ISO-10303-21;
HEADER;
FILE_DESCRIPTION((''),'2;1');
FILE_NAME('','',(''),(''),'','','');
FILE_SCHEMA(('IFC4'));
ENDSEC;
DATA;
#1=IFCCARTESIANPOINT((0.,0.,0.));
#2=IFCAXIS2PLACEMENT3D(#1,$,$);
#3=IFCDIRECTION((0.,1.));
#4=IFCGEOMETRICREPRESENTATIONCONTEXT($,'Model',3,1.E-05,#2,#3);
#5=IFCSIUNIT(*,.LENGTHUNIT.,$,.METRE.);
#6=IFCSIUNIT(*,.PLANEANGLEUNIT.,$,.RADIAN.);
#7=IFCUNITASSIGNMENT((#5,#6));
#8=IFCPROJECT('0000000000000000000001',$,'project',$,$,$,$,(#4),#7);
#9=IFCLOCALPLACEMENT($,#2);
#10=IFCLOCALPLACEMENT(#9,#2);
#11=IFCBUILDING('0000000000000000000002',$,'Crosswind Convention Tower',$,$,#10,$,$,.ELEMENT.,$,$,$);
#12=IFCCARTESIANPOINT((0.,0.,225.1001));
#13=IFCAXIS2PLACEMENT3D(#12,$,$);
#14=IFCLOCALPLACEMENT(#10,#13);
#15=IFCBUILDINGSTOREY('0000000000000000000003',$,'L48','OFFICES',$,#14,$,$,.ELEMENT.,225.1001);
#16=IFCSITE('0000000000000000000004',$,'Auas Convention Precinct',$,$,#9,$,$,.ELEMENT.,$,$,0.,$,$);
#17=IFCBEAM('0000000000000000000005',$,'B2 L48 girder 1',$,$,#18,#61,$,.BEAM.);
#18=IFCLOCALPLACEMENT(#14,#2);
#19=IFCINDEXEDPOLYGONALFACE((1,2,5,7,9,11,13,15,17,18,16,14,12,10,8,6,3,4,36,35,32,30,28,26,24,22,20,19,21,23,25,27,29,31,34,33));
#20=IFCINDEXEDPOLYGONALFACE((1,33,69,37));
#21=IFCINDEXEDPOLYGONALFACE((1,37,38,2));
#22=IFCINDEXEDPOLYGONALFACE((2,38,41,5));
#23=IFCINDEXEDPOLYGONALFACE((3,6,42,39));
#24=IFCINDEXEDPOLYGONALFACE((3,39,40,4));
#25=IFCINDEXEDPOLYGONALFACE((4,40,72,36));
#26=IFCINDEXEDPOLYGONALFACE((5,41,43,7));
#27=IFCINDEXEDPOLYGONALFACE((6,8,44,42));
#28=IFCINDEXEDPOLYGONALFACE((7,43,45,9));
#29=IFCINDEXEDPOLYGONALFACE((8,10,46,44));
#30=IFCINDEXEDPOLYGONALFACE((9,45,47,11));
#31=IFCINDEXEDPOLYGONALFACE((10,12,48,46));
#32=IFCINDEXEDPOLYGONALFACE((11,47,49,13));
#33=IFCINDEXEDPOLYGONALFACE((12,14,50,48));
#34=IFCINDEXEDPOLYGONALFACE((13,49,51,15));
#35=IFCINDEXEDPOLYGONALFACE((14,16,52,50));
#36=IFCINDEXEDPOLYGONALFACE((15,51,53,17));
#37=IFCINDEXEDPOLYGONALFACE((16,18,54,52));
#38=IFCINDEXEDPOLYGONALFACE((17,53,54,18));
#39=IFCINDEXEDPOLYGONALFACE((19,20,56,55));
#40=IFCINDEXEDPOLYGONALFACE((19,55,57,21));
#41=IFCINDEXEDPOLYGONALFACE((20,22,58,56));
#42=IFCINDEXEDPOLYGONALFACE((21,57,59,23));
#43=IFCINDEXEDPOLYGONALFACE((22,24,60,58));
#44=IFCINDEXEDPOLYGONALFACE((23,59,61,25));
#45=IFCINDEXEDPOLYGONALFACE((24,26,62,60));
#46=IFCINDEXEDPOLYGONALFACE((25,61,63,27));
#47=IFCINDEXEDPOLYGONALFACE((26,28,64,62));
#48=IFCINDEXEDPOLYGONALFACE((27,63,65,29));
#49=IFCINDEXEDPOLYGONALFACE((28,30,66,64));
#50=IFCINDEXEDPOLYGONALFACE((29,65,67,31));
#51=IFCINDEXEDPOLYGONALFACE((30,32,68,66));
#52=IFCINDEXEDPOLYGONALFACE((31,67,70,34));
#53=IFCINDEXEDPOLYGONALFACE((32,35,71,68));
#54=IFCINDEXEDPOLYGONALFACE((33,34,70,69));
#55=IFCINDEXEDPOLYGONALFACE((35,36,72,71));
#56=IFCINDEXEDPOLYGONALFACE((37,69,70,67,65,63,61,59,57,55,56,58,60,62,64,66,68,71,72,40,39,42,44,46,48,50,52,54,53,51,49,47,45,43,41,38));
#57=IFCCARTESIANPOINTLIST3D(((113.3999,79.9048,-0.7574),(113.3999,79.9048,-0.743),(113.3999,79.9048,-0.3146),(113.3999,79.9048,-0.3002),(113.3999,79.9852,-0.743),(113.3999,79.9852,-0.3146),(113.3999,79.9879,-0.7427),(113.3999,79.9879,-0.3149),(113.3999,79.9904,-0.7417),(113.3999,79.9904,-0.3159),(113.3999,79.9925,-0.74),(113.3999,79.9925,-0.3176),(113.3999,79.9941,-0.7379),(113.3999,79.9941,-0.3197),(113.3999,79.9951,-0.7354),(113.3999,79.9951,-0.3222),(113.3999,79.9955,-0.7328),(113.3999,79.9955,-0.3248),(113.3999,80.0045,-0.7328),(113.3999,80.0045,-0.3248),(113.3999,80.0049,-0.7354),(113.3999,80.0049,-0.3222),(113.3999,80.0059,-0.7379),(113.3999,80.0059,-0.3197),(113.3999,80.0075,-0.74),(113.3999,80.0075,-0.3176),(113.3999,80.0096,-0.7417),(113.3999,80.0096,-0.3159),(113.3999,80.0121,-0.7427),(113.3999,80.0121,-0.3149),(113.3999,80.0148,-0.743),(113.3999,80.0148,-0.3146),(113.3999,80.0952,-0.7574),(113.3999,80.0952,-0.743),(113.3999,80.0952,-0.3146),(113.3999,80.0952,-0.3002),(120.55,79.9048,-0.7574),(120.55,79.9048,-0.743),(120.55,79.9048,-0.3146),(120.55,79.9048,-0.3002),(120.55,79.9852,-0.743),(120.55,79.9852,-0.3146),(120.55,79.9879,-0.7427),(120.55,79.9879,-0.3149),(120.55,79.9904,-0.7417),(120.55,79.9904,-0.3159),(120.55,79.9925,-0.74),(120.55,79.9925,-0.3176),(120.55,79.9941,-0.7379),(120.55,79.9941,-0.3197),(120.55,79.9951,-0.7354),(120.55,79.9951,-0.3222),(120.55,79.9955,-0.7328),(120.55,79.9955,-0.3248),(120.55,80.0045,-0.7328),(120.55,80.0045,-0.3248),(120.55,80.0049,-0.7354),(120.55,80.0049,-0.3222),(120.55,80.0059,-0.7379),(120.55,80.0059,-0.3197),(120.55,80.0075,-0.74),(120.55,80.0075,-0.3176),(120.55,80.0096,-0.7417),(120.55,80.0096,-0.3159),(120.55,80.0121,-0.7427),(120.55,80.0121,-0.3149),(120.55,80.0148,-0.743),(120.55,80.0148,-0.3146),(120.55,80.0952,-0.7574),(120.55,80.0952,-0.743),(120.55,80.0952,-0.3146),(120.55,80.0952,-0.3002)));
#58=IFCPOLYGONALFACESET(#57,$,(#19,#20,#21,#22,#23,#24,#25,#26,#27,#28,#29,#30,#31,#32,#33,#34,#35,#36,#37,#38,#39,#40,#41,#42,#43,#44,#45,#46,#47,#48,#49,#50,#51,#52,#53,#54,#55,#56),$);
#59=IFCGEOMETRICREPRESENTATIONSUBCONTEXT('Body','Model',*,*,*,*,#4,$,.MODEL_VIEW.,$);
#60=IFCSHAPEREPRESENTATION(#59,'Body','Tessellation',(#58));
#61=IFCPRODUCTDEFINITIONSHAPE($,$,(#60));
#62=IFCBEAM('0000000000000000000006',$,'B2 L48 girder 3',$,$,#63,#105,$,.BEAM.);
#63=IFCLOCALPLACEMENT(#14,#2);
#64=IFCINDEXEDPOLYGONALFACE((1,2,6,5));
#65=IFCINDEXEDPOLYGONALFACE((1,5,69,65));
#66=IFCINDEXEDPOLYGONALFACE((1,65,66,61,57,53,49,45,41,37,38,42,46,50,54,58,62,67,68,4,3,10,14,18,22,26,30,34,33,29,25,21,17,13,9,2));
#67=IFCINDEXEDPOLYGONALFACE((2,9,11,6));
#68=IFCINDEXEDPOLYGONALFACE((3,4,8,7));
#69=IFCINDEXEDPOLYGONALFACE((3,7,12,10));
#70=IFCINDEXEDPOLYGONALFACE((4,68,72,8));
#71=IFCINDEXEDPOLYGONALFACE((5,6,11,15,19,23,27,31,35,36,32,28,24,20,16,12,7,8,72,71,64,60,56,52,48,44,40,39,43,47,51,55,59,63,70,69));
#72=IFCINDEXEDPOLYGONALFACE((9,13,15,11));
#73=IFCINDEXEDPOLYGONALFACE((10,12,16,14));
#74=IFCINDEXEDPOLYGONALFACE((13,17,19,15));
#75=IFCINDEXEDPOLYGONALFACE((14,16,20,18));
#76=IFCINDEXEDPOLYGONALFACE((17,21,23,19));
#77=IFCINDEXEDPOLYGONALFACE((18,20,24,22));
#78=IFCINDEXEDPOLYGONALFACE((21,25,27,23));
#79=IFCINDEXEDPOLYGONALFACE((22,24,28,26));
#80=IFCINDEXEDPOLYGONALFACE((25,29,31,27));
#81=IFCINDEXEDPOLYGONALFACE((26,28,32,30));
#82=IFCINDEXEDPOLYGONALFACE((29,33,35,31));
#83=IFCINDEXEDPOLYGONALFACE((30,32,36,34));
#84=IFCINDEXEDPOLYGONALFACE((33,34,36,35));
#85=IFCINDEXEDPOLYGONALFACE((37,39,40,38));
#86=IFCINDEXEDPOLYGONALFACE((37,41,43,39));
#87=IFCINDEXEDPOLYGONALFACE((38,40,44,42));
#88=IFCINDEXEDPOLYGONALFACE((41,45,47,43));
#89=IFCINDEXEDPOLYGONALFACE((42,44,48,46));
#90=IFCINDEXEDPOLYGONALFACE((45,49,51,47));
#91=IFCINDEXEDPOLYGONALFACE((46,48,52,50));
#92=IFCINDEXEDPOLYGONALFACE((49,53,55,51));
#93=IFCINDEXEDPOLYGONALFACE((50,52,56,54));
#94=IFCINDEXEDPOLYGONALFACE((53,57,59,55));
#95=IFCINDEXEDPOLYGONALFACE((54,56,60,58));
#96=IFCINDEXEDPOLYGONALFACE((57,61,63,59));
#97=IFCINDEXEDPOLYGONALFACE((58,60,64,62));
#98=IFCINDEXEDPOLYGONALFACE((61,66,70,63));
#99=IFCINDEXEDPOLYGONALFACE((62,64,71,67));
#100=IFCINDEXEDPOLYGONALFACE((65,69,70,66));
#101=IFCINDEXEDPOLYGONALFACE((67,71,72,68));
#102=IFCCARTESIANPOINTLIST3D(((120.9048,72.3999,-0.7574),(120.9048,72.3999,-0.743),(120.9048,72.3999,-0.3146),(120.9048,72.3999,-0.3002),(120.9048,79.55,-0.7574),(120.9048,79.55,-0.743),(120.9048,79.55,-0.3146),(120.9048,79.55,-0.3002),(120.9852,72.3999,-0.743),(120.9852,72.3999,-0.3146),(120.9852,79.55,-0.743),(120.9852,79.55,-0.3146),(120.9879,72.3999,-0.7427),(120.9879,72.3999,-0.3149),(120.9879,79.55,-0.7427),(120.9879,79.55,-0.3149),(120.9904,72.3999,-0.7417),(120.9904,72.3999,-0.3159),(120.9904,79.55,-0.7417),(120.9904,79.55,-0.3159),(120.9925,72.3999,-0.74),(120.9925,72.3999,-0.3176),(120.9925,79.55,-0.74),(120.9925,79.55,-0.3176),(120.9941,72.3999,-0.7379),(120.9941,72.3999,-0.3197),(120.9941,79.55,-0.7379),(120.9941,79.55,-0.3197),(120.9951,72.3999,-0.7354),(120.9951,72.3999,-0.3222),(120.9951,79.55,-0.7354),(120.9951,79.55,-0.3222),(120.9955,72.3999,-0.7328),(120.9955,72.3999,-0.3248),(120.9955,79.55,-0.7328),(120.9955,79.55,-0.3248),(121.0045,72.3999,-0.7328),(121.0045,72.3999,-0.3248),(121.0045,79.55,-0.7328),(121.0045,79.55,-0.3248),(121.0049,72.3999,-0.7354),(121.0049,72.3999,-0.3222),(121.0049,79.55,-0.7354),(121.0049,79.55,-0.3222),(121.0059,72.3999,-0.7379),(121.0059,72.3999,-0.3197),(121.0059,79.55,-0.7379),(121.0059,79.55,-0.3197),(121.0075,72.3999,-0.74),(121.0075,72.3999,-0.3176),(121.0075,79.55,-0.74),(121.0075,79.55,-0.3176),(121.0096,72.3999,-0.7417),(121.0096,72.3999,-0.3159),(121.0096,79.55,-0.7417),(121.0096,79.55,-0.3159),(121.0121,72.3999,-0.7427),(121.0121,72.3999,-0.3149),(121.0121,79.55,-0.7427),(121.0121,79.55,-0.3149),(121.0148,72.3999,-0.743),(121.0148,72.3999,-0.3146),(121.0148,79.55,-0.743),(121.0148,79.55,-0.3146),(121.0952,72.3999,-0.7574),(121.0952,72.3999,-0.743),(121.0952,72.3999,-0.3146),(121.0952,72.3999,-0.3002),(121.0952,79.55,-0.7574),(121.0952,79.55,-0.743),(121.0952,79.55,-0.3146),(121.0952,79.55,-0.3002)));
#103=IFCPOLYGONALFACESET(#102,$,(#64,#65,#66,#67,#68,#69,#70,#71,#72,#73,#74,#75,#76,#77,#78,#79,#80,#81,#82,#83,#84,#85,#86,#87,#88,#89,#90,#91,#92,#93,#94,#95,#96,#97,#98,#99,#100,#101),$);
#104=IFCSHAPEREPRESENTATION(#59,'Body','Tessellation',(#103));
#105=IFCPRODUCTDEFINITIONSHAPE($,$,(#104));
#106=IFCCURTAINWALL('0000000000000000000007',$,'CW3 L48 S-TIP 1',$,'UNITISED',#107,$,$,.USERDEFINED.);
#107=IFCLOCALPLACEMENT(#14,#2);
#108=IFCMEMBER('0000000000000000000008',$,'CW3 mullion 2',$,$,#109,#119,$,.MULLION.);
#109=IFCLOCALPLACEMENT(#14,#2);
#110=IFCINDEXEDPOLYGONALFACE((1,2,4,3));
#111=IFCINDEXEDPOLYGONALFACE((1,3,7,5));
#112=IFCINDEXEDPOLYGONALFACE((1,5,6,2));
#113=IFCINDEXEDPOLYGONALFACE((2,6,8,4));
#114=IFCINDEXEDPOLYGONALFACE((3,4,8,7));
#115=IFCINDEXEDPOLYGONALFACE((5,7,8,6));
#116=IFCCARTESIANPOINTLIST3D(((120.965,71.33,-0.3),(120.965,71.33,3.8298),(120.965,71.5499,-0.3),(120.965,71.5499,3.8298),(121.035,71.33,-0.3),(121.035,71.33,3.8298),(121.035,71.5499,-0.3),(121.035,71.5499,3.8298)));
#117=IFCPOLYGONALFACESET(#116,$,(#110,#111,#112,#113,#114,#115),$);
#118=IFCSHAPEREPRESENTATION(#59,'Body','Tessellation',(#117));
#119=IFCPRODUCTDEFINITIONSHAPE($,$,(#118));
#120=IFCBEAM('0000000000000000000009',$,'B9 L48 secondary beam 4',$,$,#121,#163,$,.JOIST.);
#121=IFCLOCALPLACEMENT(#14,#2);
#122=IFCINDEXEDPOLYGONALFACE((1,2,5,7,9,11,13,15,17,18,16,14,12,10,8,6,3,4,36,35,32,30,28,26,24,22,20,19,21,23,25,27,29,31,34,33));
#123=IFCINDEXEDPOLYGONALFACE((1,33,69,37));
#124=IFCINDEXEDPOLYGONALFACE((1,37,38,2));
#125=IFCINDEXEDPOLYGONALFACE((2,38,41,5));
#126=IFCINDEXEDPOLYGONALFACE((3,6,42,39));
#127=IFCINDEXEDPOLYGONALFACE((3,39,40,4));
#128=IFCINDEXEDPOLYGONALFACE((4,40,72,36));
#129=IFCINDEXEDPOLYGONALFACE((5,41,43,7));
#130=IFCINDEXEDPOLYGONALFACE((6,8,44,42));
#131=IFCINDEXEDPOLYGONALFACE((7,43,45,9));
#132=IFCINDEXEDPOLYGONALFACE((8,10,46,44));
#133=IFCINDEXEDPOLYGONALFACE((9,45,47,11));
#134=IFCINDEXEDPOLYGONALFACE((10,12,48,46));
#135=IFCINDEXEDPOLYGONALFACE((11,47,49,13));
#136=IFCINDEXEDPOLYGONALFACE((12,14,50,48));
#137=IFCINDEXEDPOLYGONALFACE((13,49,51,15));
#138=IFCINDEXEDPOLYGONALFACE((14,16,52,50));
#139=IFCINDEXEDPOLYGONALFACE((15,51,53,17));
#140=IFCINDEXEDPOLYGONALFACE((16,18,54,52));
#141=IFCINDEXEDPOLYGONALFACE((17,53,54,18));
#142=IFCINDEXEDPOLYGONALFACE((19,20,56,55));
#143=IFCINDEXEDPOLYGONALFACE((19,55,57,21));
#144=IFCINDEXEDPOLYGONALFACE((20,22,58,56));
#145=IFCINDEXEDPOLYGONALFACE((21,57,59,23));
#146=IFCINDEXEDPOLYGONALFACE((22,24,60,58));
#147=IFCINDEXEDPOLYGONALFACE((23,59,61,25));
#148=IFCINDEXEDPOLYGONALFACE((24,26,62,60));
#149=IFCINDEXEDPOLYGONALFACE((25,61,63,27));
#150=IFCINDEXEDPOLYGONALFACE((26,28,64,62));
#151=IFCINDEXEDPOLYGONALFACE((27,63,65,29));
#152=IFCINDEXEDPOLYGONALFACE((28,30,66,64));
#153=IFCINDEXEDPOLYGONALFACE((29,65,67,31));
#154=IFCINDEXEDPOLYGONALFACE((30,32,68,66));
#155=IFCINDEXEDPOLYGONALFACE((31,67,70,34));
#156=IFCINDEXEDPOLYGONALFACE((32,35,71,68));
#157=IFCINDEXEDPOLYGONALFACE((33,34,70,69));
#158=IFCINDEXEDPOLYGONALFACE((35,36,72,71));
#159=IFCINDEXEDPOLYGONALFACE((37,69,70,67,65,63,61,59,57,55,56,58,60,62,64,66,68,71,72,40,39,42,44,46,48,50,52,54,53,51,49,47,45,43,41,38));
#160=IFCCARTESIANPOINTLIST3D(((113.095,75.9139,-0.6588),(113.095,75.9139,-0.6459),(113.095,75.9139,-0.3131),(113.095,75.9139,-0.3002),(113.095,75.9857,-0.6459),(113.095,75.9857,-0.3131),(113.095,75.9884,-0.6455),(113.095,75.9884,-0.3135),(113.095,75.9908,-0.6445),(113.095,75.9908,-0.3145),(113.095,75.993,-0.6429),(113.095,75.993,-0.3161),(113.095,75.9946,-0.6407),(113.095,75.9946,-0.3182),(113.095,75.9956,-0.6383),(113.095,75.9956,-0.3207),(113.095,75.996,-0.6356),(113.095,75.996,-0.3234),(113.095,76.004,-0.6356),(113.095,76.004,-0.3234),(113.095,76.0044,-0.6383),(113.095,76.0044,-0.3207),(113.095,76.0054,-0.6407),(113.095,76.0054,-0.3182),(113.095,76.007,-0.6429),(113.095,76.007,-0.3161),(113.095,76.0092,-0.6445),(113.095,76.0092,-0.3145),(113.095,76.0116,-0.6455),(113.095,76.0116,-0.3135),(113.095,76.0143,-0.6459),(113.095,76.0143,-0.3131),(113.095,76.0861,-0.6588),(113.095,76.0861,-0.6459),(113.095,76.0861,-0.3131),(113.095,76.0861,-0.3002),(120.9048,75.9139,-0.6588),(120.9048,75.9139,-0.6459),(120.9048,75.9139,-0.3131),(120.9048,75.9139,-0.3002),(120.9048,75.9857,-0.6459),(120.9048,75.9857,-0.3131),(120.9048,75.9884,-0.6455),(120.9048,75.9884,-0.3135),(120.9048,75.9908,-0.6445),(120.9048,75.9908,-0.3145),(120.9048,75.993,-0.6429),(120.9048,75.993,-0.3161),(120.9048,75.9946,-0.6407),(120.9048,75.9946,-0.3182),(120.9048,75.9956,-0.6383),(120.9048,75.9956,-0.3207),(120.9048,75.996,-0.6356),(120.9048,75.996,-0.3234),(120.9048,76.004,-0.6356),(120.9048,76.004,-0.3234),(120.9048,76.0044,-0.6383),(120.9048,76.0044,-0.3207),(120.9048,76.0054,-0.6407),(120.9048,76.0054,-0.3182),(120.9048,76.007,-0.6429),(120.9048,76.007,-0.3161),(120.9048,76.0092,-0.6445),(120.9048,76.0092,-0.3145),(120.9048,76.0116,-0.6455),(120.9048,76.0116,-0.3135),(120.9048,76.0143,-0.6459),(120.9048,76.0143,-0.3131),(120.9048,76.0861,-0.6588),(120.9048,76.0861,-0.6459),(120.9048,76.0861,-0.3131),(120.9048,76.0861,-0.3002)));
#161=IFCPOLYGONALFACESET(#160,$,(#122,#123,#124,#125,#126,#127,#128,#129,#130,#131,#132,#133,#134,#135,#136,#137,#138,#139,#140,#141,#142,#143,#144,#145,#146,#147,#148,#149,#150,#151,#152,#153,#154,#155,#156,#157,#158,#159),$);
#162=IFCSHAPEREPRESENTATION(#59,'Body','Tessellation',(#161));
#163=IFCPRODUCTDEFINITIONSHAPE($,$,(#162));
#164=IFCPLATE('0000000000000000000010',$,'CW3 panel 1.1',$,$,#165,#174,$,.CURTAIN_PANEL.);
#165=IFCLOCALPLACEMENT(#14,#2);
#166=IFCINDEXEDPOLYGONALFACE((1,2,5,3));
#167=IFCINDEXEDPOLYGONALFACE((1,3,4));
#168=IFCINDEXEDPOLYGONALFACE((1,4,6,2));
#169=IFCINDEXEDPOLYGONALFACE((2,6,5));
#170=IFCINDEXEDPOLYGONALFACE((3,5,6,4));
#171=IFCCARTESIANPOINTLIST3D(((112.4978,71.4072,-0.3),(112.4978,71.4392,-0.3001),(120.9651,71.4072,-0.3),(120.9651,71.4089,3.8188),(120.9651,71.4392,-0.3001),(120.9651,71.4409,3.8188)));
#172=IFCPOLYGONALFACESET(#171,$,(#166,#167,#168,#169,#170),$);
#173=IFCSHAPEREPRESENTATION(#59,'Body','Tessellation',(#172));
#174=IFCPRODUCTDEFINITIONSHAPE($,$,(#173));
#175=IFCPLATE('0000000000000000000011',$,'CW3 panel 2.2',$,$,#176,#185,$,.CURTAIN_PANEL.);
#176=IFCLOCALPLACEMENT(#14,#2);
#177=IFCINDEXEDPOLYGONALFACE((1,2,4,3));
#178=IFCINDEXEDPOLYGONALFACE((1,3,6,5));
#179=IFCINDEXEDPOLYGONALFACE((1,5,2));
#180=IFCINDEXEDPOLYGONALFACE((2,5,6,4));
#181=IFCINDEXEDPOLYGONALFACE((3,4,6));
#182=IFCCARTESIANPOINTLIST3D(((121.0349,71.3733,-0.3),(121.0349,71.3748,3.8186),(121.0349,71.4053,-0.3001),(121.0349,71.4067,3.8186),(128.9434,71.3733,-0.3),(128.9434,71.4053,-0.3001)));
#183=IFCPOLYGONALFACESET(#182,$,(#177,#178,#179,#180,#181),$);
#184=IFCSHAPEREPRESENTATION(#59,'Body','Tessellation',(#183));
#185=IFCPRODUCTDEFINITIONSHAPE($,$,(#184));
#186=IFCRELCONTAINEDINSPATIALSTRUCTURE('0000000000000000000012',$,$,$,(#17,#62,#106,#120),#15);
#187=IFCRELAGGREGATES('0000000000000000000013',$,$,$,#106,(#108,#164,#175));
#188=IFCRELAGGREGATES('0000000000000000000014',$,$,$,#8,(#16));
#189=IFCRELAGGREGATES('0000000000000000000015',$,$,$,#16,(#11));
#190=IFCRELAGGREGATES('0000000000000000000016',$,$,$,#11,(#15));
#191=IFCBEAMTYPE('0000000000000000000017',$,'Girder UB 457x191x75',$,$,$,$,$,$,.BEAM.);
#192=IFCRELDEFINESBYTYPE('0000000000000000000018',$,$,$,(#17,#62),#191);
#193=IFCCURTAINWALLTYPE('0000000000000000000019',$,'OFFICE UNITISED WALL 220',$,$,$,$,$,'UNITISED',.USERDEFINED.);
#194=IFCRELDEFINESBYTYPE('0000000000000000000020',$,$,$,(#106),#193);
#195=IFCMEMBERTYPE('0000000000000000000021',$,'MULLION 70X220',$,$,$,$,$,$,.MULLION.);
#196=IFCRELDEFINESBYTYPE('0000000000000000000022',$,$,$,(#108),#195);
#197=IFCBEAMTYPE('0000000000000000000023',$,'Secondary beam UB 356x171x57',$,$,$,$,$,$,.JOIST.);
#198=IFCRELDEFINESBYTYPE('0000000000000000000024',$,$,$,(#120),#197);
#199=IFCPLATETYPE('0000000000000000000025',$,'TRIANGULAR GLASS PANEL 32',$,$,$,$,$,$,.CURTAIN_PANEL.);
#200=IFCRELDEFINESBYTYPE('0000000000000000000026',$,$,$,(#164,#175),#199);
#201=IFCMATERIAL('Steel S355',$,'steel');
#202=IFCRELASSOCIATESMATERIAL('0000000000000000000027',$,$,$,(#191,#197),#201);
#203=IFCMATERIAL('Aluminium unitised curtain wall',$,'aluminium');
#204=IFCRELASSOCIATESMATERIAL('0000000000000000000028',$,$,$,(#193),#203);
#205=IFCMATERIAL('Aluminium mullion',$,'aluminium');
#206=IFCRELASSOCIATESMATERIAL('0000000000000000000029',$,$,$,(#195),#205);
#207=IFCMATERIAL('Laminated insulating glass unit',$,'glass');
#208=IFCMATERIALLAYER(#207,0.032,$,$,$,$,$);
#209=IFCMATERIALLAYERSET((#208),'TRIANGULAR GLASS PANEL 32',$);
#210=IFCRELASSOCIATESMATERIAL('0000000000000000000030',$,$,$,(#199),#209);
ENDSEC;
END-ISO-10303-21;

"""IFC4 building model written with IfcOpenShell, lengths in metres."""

from ifc_helpers import new_model, si_unit, direction, frame, origin, origin_2d, place, context, subcontext, project, spatial, polyline, rectangle, i_section, outline, extrude, material, layer, layer_set, material_profile, profile_set, type_object, element, aggregate, save


model = new_model("IFC4")

# Units and contexts
model_context = context("Model", 3, precision=1e-05, world=origin(), true_north=direction((0.0, 1.0)))
body_context = subcontext(model_context, "Body", "Model", "MODEL_VIEW")
ifc_project = project(units=[si_unit("LENGTHUNIT", "METRE"), si_unit("PLANEANGLEUNIT", "RADIAN")], contexts=[model_context])

# Site, building, storey
site_placement = place(None, origin())
site = spatial("IfcSite", under=ifc_project, at=site_placement, Name="Auas Convention Precinct", CompositionType="ELEMENT", RefElevation=0.0)
building_placement = place(site_placement, origin())
building = spatial("IfcBuilding", under=site, at=building_placement, Name="Crosswind Convention Tower", CompositionType="ELEMENT")
storey_placement = place(building_placement, frame((0.0, 0.0, 225.1001)))
storey = spatial("IfcBuildingStorey", under=building, at=storey_placement, Name="L48", Description="OFFICES", CompositionType="ELEMENT", Elevation=225.1001)

# Beams
ifc_material_1 = material(Name="Steel S355", Category="steel")
ifc_material_profile_1 = material_profile(ifc_material_1, i_section(OverallWidth=0.1904, OverallDepth=0.4573, WebThickness=0.009, FlangeThickness=0.0144, FilletRadius=0.0103, at=origin_2d()), Name="UB 457x191x75")
ifc_profile_set_1 = profile_set([ifc_material_profile_1], Name="Steel S355")
beam_type_1 = type_object("IfcBeamType", Name="Girder UB 457x191x75", PredefinedType="BEAM", material=ifc_profile_set_1)
for number, where, z_axis, x_axis, name in (
    (1, (113.3999, 80.0, -0.5288), (1.0, 0.0, 0.0), (0.0, 1.0, 0.0), "B2 L48 girder 1"),
    (2, (121.0, 72.3999, -0.5288), (0.0, 1.0, 0.0), (-1.0, 0.0, 0.0), "B2 L48 girder 3"),
):
    element("IfcBeam", number, at=place(storey_placement, frame(where, z_axis=z_axis, x_axis=x_axis)), inside=storey, type_object=beam_type_1, Name=name, PredefinedType="BEAM", context=body_context, shape_type="SweptSolid", body=[
        extrude(i_section(OverallWidth=0.1904, OverallDepth=0.4573, WebThickness=0.009, FlangeThickness=0.0144, FilletRadius=0.0103, at=origin_2d()), origin(), (0.0, 0.0, 1.0), 7.1501),
    ])

# Curtain wall, member
ifc_material_2 = material(Name="Aluminium unitised curtain wall", Category="aluminium")
curtain_wall_type = type_object("IfcCurtainWallType", Name="OFFICE UNITISED WALL 220", ElementType="UNITISED", PredefinedType="USERDEFINED", material=ifc_material_2)
curtain_wall_placement = place(storey_placement, origin())
curtain_wall = element("IfcCurtainWall", 3, at=curtain_wall_placement, inside=storey, type_object=curtain_wall_type, Name="CW3 L48 S-TIP 1", ObjectType="UNITISED", PredefinedType="USERDEFINED")
ifc_material_3 = material(Name="Aluminium mullion", Category="aluminium")
ifc_material_profile_2 = material_profile(ifc_material_3, rectangle(XDim=0.22, YDim=0.0701, at=origin_2d()), Name="AL 220X70")
ifc_profile_set_2 = profile_set([ifc_material_profile_2], Name="Aluminium mullion")
member_type = type_object("IfcMemberType", Name="MULLION 70X220", PredefinedType="MULLION", material=ifc_profile_set_2)
member_placement = place(storey_placement, frame((121.0, 71.4399, -0.3), z_axis=(0.0, 0.0, 1.0), x_axis=(0.0, -1.0, 0.0)))
member = element("IfcMember", 4, at=member_placement, type_object=member_type, Name="CW3 mullion 2", PredefinedType="MULLION", context=body_context, shape_type="SweptSolid", body=[
    extrude(rectangle(XDim=0.22, YDim=0.0701, at=origin_2d()), origin(), (0.0, 0.0, 1.0), 4.1299),
])

# Beam
ifc_material_profile_3 = material_profile(ifc_material_1, i_section(OverallWidth=0.1721, OverallDepth=0.3586, WebThickness=0.0081, FlangeThickness=0.0129, FilletRadius=0.0103, at=origin_2d()), Name="UB 356x171x57")
ifc_profile_set_3 = profile_set([ifc_material_profile_3], Name="Steel S355")
beam_type_2 = type_object("IfcBeamType", Name="Secondary beam UB 356x171x57", PredefinedType="JOIST", material=ifc_profile_set_3)
beam_placement = place(storey_placement, frame((113.095, 76.0, -0.4795), z_axis=(1.0, 0.0, 0.0), x_axis=(0.0, 1.0, 0.0)))
element("IfcBeam", 5, at=beam_placement, inside=storey, type_object=beam_type_2, Name="B9 L48 secondary beam 4", PredefinedType="JOIST", context=body_context, shape_type="SweptSolid", body=[
    extrude(i_section(OverallWidth=0.1721, OverallDepth=0.3586, WebThickness=0.0081, FlangeThickness=0.0129, FilletRadius=0.0103, at=origin_2d()), origin(), (0.0, 0.0, 1.0), 7.8098),
])

# Plates
ifc_material_4 = material(Name="Laminated insulating glass unit", Category="glass")
ifc_layer_1 = layer(ifc_material_4, 0.032)
ifc_layer_set_1 = layer_set([ifc_layer_1], Name="TRIANGULAR GLASS PANEL 32")
plate_type = type_object("IfcPlateType", Name="TRIANGULAR GLASS PANEL 32", PredefinedType="CURTAIN_PANEL", material=ifc_layer_set_1)
plate_1_placement = place(storey_placement, frame((120.9651, 71.4072, -0.3), z_axis=(0.0, -1.0, 0.000415), x_axis=(0.0, 0.000415, 1.0)))
plate_1 = element("IfcPlate", 6, at=plate_1_placement, type_object=plate_type, Name="CW3 panel 1.1", PredefinedType="CURTAIN_PANEL", context=body_context, shape_type="SweptSolid", body=[
    extrude(outline(polyline([(0.0, 0.0), (4.1189, 0.0), (0.0, 8.4673), (0.0, 0.0)])), origin(), (0.0, 0.0, -1.0), 0.032),
])
plate_2_placement = place(storey_placement, frame((121.0349, 71.3733, -0.3), z_axis=(0.0, -1.0, 0.000356), x_axis=(1.0, 0.0, 0.0)))
plate_2 = element("IfcPlate", 7, at=plate_2_placement, type_object=plate_type, Name="CW3 panel 2.2", PredefinedType="CURTAIN_PANEL", context=body_context, shape_type="SweptSolid", body=[
    extrude(outline(polyline([(0.0, 0.0), (7.9084, 0.0), (0.0, 4.1187), (0.0, 0.0)])), origin(), (0.0, 0.0, -1.0), 0.032),
])
aggregate(curtain_wall, [member, plate_1, plate_2])

save(model, "model.ifc")
